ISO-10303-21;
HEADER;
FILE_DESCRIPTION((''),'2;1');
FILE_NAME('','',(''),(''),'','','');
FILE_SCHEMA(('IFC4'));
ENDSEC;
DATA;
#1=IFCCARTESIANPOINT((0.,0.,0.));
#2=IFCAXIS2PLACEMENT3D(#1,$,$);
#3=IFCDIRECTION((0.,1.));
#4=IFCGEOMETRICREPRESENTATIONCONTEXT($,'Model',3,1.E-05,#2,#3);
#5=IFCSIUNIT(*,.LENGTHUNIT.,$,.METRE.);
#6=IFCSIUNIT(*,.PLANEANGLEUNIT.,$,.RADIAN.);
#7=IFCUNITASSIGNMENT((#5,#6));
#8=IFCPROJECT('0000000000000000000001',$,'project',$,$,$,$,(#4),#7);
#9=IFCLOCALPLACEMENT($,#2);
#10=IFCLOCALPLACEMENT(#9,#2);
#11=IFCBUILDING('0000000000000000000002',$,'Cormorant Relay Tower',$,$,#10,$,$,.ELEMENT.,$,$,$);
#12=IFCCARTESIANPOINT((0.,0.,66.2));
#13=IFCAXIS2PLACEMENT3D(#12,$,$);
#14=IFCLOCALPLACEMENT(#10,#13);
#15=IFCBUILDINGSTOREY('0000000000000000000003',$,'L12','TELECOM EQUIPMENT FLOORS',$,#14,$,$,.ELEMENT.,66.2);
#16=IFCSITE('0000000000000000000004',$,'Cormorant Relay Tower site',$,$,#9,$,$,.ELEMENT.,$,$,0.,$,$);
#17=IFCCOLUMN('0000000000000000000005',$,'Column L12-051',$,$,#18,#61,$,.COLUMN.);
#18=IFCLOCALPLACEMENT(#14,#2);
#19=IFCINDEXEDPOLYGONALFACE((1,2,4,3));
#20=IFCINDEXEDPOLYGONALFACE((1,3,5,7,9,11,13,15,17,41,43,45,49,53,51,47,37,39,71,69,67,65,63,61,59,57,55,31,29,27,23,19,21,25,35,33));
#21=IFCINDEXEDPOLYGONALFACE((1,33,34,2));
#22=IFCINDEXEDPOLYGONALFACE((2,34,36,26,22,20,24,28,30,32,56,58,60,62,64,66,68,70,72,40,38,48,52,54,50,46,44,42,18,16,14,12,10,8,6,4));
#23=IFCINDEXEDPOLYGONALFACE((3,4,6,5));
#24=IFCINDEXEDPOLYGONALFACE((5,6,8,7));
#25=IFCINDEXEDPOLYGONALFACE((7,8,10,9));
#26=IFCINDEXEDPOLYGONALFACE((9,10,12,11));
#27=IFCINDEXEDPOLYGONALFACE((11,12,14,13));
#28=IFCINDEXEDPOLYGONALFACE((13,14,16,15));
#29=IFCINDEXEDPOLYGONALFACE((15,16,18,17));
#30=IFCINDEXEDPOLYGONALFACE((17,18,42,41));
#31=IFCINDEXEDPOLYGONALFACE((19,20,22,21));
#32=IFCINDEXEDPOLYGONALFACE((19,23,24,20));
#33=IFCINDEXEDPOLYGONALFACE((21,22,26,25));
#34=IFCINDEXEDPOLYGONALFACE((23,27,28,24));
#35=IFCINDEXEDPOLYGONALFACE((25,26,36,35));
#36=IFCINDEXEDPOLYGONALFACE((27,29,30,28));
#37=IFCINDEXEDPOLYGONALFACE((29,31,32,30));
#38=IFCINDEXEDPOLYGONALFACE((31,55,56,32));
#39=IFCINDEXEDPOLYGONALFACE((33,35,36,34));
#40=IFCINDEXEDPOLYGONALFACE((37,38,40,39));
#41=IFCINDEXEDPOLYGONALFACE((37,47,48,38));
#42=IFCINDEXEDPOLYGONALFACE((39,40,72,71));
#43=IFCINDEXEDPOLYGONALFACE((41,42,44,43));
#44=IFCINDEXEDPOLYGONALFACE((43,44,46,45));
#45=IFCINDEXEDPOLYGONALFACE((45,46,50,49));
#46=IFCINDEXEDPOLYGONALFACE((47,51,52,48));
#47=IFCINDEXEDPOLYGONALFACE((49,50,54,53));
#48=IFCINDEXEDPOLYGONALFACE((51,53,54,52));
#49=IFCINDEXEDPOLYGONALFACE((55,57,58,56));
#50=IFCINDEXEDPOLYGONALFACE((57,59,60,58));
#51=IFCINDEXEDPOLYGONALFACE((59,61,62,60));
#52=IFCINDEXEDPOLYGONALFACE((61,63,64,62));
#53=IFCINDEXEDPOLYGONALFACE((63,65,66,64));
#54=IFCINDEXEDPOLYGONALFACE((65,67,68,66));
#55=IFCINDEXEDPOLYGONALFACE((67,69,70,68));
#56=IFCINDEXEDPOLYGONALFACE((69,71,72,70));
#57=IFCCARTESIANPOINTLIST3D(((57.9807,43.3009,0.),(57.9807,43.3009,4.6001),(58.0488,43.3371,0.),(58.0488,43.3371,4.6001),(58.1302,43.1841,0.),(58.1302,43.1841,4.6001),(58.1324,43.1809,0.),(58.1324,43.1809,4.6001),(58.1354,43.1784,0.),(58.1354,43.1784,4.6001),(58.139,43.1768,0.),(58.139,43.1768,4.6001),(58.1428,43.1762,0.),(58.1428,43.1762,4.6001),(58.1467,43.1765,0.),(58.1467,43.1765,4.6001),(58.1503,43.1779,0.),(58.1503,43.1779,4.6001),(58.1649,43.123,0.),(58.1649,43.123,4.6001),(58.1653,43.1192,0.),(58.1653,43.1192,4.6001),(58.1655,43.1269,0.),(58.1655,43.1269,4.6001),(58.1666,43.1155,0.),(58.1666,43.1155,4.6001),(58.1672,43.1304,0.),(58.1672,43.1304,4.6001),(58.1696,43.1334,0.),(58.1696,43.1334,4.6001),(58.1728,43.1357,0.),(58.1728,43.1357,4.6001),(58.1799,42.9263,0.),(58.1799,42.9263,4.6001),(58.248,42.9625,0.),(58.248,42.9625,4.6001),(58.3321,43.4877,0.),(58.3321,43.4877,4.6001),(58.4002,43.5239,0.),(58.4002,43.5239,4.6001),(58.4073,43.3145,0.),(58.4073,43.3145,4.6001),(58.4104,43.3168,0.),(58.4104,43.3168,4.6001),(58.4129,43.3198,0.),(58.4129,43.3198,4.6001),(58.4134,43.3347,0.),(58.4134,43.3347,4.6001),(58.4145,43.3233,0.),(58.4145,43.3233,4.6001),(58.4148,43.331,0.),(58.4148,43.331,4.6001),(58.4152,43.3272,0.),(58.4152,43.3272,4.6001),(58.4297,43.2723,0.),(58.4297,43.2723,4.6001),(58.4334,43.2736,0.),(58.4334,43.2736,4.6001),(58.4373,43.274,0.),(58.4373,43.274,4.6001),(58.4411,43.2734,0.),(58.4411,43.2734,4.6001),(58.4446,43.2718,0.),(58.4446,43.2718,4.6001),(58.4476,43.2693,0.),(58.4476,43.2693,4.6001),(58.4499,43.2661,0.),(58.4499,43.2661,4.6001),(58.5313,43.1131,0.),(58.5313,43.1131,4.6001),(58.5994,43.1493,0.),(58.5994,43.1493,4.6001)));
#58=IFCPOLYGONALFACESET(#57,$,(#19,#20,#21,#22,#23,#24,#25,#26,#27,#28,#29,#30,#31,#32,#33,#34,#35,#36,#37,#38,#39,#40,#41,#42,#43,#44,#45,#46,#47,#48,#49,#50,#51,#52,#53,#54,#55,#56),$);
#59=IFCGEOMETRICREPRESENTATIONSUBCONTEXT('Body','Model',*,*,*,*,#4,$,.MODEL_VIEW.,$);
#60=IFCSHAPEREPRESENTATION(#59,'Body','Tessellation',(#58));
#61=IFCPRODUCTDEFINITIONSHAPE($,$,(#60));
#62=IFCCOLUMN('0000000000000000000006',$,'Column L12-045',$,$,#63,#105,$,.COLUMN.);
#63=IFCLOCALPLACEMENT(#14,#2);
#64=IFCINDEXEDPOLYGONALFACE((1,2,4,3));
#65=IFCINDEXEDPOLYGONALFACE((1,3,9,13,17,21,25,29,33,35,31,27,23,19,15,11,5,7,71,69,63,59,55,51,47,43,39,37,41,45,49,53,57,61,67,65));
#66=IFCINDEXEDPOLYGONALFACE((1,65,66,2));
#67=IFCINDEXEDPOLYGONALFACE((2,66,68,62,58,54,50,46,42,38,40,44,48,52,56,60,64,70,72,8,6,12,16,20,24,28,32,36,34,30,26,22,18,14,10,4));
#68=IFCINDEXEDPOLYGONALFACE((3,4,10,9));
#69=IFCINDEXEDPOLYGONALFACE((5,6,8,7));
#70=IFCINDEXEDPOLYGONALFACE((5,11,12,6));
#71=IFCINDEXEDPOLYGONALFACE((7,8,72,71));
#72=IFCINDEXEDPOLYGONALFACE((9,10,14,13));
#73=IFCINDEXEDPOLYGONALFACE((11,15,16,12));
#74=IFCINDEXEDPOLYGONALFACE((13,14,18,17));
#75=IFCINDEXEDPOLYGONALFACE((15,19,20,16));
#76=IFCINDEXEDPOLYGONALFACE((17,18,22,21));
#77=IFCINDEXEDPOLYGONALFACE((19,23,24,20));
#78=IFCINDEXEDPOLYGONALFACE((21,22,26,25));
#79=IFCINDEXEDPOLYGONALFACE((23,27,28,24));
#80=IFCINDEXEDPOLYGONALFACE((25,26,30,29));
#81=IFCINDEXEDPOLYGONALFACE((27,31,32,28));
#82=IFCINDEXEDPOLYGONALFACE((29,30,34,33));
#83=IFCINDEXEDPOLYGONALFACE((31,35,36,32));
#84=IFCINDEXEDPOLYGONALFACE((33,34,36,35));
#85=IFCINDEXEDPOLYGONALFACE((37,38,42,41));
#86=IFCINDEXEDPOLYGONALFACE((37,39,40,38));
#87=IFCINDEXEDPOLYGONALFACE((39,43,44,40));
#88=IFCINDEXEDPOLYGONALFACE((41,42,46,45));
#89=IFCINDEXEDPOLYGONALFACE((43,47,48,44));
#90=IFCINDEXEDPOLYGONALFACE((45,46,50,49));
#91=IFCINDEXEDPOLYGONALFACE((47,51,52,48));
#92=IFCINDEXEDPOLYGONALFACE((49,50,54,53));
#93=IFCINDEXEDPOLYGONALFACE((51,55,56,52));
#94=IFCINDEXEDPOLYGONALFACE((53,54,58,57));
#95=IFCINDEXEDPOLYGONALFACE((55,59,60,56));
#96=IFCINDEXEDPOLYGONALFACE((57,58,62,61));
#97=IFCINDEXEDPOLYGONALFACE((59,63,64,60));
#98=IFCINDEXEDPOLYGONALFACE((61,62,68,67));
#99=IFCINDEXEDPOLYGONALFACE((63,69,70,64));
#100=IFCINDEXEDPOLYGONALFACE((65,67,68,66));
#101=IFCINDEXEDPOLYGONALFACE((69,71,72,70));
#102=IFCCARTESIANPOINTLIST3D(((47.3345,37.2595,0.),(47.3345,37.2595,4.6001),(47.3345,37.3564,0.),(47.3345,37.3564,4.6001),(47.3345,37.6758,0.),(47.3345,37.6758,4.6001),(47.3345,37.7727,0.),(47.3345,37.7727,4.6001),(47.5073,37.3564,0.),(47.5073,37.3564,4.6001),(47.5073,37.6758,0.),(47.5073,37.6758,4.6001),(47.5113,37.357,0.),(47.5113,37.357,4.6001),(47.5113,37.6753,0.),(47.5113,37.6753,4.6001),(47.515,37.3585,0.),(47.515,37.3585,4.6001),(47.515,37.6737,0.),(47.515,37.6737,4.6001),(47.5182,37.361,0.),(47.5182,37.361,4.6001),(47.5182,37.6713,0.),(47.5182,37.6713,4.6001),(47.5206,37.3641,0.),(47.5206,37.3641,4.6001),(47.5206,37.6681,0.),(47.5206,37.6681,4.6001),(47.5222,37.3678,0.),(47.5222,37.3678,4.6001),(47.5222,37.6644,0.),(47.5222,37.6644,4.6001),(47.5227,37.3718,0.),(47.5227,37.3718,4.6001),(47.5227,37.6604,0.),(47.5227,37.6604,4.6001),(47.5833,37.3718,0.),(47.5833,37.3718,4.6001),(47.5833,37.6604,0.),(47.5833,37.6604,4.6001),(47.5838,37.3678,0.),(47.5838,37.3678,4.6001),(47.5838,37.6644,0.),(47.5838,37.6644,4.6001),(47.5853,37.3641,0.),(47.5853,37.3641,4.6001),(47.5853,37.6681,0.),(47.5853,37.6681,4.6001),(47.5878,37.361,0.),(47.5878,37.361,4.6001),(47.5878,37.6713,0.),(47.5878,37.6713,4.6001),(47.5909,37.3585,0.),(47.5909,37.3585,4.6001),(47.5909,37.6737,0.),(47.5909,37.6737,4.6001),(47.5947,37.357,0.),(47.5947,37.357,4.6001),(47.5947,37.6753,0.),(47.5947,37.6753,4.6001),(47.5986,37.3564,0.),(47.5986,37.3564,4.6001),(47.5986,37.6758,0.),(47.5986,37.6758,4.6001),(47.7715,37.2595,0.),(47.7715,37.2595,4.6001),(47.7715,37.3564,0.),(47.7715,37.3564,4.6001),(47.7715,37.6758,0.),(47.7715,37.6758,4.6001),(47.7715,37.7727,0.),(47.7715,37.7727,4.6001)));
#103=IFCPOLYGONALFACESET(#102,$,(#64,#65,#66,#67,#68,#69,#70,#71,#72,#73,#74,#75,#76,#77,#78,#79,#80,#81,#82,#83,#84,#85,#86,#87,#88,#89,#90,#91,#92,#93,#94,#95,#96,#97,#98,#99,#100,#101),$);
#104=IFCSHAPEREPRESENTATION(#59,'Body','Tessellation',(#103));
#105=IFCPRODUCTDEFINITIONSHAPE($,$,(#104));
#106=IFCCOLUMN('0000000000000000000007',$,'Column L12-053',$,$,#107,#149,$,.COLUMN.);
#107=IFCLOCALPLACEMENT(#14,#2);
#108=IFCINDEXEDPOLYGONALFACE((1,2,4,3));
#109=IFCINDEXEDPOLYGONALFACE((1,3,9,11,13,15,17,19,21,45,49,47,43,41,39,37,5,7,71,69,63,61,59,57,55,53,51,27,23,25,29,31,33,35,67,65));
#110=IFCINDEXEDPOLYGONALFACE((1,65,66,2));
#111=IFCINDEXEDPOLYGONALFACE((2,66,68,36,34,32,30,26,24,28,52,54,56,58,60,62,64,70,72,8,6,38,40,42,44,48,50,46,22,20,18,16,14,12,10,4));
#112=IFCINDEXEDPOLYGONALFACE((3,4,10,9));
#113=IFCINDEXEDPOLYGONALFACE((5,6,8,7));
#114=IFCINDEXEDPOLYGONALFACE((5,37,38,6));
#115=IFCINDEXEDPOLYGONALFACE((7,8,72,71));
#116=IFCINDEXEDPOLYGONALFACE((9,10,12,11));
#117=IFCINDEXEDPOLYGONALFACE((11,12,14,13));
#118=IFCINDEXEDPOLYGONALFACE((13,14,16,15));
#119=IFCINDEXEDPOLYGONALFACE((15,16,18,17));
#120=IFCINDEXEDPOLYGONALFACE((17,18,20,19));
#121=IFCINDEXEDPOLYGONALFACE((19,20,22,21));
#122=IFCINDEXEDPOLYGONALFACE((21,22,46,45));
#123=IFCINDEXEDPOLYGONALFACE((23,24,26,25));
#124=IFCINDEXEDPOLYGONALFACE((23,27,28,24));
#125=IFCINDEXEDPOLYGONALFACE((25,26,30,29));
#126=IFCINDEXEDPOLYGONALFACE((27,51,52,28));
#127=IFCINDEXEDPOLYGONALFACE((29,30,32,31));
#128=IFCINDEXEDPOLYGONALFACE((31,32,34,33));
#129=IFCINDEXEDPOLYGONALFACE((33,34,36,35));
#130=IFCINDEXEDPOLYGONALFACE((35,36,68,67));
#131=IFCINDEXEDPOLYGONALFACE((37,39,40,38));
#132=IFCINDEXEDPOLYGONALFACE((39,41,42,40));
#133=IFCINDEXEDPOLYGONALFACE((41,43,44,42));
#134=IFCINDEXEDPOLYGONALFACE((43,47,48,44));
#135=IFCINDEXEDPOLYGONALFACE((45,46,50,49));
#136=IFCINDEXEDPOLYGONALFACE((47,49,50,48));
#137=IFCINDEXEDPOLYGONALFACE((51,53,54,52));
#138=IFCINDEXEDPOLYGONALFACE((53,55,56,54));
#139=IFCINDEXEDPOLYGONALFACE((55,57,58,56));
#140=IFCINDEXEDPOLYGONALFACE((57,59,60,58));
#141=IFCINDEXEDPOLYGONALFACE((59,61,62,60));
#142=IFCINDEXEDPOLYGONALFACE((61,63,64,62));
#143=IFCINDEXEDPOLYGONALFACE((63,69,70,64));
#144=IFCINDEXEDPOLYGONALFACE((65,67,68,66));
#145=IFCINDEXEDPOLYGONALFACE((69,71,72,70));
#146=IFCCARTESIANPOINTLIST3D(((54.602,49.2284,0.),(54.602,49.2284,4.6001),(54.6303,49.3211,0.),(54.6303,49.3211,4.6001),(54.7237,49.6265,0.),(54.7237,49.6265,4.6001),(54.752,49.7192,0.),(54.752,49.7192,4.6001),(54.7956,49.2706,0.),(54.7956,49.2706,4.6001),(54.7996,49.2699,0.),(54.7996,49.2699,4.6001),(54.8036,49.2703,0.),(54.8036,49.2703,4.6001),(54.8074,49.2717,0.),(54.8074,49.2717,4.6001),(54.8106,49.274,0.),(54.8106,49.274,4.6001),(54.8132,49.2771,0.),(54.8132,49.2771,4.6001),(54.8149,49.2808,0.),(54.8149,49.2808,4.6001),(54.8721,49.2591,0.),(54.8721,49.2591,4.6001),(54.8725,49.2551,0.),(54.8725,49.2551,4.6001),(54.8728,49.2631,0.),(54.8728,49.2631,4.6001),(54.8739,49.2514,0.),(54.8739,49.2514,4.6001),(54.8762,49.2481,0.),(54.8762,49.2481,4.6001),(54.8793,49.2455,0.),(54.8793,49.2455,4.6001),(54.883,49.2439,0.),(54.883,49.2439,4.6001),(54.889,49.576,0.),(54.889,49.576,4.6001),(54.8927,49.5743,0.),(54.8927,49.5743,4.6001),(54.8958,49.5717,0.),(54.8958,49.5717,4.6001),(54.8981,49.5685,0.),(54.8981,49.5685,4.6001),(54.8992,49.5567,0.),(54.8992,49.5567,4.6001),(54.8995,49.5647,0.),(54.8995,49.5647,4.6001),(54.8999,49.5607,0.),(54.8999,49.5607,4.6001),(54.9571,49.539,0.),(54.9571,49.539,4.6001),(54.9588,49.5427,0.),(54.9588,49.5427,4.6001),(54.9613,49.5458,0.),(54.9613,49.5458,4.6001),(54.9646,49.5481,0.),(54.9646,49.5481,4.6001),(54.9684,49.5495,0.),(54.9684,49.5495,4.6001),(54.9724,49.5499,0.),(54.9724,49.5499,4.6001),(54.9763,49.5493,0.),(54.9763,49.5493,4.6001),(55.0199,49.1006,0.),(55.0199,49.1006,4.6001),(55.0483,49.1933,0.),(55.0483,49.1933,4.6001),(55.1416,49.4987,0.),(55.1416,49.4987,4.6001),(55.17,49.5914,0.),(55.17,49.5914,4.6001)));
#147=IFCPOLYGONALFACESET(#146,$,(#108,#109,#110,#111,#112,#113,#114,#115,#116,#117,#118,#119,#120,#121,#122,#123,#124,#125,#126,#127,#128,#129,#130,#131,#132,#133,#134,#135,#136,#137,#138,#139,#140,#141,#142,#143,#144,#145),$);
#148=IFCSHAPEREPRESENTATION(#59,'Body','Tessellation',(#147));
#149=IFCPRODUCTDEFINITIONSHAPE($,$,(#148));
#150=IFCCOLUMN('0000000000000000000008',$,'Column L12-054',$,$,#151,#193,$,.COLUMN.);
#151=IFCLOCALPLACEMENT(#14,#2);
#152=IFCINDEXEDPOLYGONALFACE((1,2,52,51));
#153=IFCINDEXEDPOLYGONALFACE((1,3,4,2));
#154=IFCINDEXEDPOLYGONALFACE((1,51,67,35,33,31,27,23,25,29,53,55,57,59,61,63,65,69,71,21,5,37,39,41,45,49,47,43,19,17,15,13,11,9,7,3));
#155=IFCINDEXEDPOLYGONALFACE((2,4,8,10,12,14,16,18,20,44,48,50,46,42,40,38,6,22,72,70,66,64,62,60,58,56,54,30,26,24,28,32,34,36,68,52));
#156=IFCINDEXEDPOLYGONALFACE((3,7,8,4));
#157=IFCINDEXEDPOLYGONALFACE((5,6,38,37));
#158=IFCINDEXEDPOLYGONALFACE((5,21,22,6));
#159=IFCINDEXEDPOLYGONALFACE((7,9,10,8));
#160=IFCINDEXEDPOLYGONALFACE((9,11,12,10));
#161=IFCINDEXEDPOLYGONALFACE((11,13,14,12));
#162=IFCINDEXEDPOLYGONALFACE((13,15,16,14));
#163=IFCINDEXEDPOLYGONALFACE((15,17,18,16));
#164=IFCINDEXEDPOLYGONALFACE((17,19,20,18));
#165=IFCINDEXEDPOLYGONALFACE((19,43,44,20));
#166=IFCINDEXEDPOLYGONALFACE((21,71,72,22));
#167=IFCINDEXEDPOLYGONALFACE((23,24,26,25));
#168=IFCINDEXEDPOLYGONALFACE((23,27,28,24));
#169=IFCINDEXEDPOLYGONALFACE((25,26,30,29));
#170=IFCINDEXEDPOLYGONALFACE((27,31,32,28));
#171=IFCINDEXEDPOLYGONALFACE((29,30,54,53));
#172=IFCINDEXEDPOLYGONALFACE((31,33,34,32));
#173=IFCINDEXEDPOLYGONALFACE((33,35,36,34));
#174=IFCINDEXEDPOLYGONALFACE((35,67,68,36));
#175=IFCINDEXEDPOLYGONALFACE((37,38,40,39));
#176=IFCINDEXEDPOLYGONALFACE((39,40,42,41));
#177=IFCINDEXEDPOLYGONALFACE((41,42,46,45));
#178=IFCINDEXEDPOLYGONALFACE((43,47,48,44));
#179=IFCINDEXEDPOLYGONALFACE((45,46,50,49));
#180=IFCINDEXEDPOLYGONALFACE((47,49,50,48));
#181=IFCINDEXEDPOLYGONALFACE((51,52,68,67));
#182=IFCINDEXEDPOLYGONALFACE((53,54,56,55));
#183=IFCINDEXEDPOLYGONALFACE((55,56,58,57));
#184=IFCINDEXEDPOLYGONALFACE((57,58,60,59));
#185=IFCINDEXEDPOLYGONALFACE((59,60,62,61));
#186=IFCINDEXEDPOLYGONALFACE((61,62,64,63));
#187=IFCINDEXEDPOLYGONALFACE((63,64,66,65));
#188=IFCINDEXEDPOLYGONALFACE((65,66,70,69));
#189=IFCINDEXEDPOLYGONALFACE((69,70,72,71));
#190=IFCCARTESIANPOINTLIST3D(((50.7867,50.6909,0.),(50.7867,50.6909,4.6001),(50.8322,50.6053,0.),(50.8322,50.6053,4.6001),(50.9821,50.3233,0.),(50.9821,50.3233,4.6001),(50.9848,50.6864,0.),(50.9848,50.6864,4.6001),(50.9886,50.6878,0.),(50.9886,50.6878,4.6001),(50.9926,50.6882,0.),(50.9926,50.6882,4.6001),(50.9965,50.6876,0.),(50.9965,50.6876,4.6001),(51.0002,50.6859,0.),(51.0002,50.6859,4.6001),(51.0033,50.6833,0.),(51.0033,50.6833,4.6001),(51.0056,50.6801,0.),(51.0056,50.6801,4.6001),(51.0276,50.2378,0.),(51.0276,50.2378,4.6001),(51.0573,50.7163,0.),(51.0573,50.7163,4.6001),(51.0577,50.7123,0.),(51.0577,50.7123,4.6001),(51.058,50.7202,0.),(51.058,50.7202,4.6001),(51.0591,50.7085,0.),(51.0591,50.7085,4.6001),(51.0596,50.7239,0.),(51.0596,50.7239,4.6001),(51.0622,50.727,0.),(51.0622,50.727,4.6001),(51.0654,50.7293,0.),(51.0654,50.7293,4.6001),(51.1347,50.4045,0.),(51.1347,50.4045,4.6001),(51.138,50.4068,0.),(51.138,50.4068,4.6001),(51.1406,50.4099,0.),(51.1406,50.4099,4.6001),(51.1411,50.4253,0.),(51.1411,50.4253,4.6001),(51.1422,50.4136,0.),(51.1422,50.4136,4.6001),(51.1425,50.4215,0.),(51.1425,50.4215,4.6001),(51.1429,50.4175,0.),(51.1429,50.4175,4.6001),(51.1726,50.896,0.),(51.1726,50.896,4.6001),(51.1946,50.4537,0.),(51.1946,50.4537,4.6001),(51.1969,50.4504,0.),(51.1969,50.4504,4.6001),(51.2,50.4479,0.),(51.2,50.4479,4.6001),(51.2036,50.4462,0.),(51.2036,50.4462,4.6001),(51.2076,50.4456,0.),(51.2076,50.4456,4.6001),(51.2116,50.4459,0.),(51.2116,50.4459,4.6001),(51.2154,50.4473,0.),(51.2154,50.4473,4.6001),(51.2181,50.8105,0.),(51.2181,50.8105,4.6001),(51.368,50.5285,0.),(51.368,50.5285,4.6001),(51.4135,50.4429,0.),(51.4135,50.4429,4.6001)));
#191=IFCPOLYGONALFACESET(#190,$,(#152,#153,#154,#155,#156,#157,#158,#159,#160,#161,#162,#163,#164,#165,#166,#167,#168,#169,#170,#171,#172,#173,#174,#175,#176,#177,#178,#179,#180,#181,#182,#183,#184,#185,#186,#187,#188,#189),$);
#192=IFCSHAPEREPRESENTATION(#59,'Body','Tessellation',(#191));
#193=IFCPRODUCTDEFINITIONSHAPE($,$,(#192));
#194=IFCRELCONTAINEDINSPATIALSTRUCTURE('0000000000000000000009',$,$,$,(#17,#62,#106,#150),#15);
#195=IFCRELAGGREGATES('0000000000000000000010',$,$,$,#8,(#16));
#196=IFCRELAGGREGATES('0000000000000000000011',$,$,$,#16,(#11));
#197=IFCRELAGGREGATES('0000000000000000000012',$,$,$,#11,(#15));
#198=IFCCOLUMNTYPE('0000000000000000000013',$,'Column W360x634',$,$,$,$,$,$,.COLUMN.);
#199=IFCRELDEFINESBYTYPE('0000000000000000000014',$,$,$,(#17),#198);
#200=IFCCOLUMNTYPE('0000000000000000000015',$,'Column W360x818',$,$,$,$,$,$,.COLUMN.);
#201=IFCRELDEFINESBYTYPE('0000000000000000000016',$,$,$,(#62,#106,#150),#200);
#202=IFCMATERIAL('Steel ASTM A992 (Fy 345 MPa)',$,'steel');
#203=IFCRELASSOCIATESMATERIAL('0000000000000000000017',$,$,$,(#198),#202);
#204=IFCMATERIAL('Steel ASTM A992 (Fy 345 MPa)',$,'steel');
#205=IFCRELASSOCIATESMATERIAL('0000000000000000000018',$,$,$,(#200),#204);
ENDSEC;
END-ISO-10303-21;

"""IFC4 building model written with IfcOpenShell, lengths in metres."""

from ifc_helpers import new_model, si_unit, direction, frame, origin, origin_2d, place, context, subcontext, project, spatial, i_section, extrude, material, material_profile, profile_set, type_object, element, save


model = new_model("IFC4")

# Units and contexts
model_context = context("Model", 3, precision=1e-05, world=origin(), true_north=direction((0.0, 1.0)))
body_context = subcontext(model_context, "Body", "Model", "MODEL_VIEW")
ifc_project = project(units=[si_unit("LENGTHUNIT", "METRE"), si_unit("PLANEANGLEUNIT", "RADIAN")], contexts=[model_context])

# Site, building, storey
site_placement = place(None, origin())
site = spatial("IfcSite", under=ifc_project, at=site_placement, Name="Cormorant Relay Tower site", CompositionType="ELEMENT", RefElevation=0.0)
building_placement = place(site_placement, origin())
building = spatial("IfcBuilding", under=site, at=building_placement, Name="Cormorant Relay Tower", CompositionType="ELEMENT")
storey_placement = place(building_placement, frame((0.0, 0.0, 66.2)))
storey = spatial("IfcBuildingStorey", under=building, at=storey_placement, Name="L12", Description="TELECOM EQUIPMENT FLOORS", CompositionType="ELEMENT", Elevation=66.2)

# Columns
ifc_material_1 = material(Name="Steel ASTM A992 (Fy 345 MPa)", Category="steel")
ifc_material_profile_1 = material_profile(ifc_material_1, i_section(OverallWidth=0.4243, OverallDepth=0.4751, WebThickness=0.0479, FlangeThickness=0.0771, FilletRadius=0.0149, at=origin_2d()), Name="W360x634")
ifc_profile_set_1 = profile_set([ifc_material_profile_1], Name="Steel ASTM A992 (Fy 345 MPa)")
column_type_1 = type_object("IfcColumnType", Name="Column W360x634", PredefinedType="COLUMN", material=ifc_profile_set_1)
column_placement = place(storey_placement, frame((58.29, 43.2251, 0.0), z_axis=(0.0, 0.0, 1.0), x_axis=(-0.469472, 0.882948, 0.0)))
element("IfcColumn", 1, at=column_placement, inside=storey, type_object=column_type_1, Name="Column L12-051", PredefinedType="COLUMN", context=body_context, shape_type="SweptSolid", body=[
    extrude(i_section(OverallWidth=0.4243, OverallDepth=0.4751, WebThickness=0.0479, FlangeThickness=0.0771, FilletRadius=0.0149, at=origin_2d()), origin(), (0.0, 0.0, 1.0), 4.6001),
])
ifc_material_2 = material(Name="Steel ASTM A992 (Fy 345 MPa)", Category="steel")
ifc_material_profile_2 = material_profile(ifc_material_2, i_section(OverallWidth=0.437, OverallDepth=0.5132, WebThickness=0.0605, FlangeThickness=0.0969, FilletRadius=0.0154, at=origin_2d()), Name="W360x818")
ifc_profile_set_2 = profile_set([ifc_material_profile_2], Name="Steel ASTM A992 (Fy 345 MPa)")
column_type_2 = type_object("IfcColumnType", Name="Column W360x818", PredefinedType="COLUMN", material=ifc_profile_set_2)
for number, where, z_axis, x_axis, name in (
    (2, (47.553, 37.5161, 0.0), (0.0, 0.0, 1.0), (1.0, 0.0, 0.0), "Column L12-045"),
    (3, (54.886, 49.4099, 0.0), (0.0, 0.0, 1.0), (-0.956305, 0.292372, 0.0), "Column L12-053"),
    (4, (51.1001, 50.5669, 0.0), (0.0, 0.0, 1.0), (-0.882948, -0.469472, 0.0), "Column L12-054"),
):
    element("IfcColumn", number, at=place(storey_placement, frame(where, z_axis=z_axis, x_axis=x_axis)), inside=storey, type_object=column_type_2, Name=name, PredefinedType="COLUMN", context=body_context, shape_type="SweptSolid", body=[
        extrude(i_section(OverallWidth=0.437, OverallDepth=0.5132, WebThickness=0.0605, FlangeThickness=0.0969, FilletRadius=0.0154, at=origin_2d()), origin(), (0.0, 0.0, 1.0), 4.6001),
    ])

save(model, "model.ifc")
